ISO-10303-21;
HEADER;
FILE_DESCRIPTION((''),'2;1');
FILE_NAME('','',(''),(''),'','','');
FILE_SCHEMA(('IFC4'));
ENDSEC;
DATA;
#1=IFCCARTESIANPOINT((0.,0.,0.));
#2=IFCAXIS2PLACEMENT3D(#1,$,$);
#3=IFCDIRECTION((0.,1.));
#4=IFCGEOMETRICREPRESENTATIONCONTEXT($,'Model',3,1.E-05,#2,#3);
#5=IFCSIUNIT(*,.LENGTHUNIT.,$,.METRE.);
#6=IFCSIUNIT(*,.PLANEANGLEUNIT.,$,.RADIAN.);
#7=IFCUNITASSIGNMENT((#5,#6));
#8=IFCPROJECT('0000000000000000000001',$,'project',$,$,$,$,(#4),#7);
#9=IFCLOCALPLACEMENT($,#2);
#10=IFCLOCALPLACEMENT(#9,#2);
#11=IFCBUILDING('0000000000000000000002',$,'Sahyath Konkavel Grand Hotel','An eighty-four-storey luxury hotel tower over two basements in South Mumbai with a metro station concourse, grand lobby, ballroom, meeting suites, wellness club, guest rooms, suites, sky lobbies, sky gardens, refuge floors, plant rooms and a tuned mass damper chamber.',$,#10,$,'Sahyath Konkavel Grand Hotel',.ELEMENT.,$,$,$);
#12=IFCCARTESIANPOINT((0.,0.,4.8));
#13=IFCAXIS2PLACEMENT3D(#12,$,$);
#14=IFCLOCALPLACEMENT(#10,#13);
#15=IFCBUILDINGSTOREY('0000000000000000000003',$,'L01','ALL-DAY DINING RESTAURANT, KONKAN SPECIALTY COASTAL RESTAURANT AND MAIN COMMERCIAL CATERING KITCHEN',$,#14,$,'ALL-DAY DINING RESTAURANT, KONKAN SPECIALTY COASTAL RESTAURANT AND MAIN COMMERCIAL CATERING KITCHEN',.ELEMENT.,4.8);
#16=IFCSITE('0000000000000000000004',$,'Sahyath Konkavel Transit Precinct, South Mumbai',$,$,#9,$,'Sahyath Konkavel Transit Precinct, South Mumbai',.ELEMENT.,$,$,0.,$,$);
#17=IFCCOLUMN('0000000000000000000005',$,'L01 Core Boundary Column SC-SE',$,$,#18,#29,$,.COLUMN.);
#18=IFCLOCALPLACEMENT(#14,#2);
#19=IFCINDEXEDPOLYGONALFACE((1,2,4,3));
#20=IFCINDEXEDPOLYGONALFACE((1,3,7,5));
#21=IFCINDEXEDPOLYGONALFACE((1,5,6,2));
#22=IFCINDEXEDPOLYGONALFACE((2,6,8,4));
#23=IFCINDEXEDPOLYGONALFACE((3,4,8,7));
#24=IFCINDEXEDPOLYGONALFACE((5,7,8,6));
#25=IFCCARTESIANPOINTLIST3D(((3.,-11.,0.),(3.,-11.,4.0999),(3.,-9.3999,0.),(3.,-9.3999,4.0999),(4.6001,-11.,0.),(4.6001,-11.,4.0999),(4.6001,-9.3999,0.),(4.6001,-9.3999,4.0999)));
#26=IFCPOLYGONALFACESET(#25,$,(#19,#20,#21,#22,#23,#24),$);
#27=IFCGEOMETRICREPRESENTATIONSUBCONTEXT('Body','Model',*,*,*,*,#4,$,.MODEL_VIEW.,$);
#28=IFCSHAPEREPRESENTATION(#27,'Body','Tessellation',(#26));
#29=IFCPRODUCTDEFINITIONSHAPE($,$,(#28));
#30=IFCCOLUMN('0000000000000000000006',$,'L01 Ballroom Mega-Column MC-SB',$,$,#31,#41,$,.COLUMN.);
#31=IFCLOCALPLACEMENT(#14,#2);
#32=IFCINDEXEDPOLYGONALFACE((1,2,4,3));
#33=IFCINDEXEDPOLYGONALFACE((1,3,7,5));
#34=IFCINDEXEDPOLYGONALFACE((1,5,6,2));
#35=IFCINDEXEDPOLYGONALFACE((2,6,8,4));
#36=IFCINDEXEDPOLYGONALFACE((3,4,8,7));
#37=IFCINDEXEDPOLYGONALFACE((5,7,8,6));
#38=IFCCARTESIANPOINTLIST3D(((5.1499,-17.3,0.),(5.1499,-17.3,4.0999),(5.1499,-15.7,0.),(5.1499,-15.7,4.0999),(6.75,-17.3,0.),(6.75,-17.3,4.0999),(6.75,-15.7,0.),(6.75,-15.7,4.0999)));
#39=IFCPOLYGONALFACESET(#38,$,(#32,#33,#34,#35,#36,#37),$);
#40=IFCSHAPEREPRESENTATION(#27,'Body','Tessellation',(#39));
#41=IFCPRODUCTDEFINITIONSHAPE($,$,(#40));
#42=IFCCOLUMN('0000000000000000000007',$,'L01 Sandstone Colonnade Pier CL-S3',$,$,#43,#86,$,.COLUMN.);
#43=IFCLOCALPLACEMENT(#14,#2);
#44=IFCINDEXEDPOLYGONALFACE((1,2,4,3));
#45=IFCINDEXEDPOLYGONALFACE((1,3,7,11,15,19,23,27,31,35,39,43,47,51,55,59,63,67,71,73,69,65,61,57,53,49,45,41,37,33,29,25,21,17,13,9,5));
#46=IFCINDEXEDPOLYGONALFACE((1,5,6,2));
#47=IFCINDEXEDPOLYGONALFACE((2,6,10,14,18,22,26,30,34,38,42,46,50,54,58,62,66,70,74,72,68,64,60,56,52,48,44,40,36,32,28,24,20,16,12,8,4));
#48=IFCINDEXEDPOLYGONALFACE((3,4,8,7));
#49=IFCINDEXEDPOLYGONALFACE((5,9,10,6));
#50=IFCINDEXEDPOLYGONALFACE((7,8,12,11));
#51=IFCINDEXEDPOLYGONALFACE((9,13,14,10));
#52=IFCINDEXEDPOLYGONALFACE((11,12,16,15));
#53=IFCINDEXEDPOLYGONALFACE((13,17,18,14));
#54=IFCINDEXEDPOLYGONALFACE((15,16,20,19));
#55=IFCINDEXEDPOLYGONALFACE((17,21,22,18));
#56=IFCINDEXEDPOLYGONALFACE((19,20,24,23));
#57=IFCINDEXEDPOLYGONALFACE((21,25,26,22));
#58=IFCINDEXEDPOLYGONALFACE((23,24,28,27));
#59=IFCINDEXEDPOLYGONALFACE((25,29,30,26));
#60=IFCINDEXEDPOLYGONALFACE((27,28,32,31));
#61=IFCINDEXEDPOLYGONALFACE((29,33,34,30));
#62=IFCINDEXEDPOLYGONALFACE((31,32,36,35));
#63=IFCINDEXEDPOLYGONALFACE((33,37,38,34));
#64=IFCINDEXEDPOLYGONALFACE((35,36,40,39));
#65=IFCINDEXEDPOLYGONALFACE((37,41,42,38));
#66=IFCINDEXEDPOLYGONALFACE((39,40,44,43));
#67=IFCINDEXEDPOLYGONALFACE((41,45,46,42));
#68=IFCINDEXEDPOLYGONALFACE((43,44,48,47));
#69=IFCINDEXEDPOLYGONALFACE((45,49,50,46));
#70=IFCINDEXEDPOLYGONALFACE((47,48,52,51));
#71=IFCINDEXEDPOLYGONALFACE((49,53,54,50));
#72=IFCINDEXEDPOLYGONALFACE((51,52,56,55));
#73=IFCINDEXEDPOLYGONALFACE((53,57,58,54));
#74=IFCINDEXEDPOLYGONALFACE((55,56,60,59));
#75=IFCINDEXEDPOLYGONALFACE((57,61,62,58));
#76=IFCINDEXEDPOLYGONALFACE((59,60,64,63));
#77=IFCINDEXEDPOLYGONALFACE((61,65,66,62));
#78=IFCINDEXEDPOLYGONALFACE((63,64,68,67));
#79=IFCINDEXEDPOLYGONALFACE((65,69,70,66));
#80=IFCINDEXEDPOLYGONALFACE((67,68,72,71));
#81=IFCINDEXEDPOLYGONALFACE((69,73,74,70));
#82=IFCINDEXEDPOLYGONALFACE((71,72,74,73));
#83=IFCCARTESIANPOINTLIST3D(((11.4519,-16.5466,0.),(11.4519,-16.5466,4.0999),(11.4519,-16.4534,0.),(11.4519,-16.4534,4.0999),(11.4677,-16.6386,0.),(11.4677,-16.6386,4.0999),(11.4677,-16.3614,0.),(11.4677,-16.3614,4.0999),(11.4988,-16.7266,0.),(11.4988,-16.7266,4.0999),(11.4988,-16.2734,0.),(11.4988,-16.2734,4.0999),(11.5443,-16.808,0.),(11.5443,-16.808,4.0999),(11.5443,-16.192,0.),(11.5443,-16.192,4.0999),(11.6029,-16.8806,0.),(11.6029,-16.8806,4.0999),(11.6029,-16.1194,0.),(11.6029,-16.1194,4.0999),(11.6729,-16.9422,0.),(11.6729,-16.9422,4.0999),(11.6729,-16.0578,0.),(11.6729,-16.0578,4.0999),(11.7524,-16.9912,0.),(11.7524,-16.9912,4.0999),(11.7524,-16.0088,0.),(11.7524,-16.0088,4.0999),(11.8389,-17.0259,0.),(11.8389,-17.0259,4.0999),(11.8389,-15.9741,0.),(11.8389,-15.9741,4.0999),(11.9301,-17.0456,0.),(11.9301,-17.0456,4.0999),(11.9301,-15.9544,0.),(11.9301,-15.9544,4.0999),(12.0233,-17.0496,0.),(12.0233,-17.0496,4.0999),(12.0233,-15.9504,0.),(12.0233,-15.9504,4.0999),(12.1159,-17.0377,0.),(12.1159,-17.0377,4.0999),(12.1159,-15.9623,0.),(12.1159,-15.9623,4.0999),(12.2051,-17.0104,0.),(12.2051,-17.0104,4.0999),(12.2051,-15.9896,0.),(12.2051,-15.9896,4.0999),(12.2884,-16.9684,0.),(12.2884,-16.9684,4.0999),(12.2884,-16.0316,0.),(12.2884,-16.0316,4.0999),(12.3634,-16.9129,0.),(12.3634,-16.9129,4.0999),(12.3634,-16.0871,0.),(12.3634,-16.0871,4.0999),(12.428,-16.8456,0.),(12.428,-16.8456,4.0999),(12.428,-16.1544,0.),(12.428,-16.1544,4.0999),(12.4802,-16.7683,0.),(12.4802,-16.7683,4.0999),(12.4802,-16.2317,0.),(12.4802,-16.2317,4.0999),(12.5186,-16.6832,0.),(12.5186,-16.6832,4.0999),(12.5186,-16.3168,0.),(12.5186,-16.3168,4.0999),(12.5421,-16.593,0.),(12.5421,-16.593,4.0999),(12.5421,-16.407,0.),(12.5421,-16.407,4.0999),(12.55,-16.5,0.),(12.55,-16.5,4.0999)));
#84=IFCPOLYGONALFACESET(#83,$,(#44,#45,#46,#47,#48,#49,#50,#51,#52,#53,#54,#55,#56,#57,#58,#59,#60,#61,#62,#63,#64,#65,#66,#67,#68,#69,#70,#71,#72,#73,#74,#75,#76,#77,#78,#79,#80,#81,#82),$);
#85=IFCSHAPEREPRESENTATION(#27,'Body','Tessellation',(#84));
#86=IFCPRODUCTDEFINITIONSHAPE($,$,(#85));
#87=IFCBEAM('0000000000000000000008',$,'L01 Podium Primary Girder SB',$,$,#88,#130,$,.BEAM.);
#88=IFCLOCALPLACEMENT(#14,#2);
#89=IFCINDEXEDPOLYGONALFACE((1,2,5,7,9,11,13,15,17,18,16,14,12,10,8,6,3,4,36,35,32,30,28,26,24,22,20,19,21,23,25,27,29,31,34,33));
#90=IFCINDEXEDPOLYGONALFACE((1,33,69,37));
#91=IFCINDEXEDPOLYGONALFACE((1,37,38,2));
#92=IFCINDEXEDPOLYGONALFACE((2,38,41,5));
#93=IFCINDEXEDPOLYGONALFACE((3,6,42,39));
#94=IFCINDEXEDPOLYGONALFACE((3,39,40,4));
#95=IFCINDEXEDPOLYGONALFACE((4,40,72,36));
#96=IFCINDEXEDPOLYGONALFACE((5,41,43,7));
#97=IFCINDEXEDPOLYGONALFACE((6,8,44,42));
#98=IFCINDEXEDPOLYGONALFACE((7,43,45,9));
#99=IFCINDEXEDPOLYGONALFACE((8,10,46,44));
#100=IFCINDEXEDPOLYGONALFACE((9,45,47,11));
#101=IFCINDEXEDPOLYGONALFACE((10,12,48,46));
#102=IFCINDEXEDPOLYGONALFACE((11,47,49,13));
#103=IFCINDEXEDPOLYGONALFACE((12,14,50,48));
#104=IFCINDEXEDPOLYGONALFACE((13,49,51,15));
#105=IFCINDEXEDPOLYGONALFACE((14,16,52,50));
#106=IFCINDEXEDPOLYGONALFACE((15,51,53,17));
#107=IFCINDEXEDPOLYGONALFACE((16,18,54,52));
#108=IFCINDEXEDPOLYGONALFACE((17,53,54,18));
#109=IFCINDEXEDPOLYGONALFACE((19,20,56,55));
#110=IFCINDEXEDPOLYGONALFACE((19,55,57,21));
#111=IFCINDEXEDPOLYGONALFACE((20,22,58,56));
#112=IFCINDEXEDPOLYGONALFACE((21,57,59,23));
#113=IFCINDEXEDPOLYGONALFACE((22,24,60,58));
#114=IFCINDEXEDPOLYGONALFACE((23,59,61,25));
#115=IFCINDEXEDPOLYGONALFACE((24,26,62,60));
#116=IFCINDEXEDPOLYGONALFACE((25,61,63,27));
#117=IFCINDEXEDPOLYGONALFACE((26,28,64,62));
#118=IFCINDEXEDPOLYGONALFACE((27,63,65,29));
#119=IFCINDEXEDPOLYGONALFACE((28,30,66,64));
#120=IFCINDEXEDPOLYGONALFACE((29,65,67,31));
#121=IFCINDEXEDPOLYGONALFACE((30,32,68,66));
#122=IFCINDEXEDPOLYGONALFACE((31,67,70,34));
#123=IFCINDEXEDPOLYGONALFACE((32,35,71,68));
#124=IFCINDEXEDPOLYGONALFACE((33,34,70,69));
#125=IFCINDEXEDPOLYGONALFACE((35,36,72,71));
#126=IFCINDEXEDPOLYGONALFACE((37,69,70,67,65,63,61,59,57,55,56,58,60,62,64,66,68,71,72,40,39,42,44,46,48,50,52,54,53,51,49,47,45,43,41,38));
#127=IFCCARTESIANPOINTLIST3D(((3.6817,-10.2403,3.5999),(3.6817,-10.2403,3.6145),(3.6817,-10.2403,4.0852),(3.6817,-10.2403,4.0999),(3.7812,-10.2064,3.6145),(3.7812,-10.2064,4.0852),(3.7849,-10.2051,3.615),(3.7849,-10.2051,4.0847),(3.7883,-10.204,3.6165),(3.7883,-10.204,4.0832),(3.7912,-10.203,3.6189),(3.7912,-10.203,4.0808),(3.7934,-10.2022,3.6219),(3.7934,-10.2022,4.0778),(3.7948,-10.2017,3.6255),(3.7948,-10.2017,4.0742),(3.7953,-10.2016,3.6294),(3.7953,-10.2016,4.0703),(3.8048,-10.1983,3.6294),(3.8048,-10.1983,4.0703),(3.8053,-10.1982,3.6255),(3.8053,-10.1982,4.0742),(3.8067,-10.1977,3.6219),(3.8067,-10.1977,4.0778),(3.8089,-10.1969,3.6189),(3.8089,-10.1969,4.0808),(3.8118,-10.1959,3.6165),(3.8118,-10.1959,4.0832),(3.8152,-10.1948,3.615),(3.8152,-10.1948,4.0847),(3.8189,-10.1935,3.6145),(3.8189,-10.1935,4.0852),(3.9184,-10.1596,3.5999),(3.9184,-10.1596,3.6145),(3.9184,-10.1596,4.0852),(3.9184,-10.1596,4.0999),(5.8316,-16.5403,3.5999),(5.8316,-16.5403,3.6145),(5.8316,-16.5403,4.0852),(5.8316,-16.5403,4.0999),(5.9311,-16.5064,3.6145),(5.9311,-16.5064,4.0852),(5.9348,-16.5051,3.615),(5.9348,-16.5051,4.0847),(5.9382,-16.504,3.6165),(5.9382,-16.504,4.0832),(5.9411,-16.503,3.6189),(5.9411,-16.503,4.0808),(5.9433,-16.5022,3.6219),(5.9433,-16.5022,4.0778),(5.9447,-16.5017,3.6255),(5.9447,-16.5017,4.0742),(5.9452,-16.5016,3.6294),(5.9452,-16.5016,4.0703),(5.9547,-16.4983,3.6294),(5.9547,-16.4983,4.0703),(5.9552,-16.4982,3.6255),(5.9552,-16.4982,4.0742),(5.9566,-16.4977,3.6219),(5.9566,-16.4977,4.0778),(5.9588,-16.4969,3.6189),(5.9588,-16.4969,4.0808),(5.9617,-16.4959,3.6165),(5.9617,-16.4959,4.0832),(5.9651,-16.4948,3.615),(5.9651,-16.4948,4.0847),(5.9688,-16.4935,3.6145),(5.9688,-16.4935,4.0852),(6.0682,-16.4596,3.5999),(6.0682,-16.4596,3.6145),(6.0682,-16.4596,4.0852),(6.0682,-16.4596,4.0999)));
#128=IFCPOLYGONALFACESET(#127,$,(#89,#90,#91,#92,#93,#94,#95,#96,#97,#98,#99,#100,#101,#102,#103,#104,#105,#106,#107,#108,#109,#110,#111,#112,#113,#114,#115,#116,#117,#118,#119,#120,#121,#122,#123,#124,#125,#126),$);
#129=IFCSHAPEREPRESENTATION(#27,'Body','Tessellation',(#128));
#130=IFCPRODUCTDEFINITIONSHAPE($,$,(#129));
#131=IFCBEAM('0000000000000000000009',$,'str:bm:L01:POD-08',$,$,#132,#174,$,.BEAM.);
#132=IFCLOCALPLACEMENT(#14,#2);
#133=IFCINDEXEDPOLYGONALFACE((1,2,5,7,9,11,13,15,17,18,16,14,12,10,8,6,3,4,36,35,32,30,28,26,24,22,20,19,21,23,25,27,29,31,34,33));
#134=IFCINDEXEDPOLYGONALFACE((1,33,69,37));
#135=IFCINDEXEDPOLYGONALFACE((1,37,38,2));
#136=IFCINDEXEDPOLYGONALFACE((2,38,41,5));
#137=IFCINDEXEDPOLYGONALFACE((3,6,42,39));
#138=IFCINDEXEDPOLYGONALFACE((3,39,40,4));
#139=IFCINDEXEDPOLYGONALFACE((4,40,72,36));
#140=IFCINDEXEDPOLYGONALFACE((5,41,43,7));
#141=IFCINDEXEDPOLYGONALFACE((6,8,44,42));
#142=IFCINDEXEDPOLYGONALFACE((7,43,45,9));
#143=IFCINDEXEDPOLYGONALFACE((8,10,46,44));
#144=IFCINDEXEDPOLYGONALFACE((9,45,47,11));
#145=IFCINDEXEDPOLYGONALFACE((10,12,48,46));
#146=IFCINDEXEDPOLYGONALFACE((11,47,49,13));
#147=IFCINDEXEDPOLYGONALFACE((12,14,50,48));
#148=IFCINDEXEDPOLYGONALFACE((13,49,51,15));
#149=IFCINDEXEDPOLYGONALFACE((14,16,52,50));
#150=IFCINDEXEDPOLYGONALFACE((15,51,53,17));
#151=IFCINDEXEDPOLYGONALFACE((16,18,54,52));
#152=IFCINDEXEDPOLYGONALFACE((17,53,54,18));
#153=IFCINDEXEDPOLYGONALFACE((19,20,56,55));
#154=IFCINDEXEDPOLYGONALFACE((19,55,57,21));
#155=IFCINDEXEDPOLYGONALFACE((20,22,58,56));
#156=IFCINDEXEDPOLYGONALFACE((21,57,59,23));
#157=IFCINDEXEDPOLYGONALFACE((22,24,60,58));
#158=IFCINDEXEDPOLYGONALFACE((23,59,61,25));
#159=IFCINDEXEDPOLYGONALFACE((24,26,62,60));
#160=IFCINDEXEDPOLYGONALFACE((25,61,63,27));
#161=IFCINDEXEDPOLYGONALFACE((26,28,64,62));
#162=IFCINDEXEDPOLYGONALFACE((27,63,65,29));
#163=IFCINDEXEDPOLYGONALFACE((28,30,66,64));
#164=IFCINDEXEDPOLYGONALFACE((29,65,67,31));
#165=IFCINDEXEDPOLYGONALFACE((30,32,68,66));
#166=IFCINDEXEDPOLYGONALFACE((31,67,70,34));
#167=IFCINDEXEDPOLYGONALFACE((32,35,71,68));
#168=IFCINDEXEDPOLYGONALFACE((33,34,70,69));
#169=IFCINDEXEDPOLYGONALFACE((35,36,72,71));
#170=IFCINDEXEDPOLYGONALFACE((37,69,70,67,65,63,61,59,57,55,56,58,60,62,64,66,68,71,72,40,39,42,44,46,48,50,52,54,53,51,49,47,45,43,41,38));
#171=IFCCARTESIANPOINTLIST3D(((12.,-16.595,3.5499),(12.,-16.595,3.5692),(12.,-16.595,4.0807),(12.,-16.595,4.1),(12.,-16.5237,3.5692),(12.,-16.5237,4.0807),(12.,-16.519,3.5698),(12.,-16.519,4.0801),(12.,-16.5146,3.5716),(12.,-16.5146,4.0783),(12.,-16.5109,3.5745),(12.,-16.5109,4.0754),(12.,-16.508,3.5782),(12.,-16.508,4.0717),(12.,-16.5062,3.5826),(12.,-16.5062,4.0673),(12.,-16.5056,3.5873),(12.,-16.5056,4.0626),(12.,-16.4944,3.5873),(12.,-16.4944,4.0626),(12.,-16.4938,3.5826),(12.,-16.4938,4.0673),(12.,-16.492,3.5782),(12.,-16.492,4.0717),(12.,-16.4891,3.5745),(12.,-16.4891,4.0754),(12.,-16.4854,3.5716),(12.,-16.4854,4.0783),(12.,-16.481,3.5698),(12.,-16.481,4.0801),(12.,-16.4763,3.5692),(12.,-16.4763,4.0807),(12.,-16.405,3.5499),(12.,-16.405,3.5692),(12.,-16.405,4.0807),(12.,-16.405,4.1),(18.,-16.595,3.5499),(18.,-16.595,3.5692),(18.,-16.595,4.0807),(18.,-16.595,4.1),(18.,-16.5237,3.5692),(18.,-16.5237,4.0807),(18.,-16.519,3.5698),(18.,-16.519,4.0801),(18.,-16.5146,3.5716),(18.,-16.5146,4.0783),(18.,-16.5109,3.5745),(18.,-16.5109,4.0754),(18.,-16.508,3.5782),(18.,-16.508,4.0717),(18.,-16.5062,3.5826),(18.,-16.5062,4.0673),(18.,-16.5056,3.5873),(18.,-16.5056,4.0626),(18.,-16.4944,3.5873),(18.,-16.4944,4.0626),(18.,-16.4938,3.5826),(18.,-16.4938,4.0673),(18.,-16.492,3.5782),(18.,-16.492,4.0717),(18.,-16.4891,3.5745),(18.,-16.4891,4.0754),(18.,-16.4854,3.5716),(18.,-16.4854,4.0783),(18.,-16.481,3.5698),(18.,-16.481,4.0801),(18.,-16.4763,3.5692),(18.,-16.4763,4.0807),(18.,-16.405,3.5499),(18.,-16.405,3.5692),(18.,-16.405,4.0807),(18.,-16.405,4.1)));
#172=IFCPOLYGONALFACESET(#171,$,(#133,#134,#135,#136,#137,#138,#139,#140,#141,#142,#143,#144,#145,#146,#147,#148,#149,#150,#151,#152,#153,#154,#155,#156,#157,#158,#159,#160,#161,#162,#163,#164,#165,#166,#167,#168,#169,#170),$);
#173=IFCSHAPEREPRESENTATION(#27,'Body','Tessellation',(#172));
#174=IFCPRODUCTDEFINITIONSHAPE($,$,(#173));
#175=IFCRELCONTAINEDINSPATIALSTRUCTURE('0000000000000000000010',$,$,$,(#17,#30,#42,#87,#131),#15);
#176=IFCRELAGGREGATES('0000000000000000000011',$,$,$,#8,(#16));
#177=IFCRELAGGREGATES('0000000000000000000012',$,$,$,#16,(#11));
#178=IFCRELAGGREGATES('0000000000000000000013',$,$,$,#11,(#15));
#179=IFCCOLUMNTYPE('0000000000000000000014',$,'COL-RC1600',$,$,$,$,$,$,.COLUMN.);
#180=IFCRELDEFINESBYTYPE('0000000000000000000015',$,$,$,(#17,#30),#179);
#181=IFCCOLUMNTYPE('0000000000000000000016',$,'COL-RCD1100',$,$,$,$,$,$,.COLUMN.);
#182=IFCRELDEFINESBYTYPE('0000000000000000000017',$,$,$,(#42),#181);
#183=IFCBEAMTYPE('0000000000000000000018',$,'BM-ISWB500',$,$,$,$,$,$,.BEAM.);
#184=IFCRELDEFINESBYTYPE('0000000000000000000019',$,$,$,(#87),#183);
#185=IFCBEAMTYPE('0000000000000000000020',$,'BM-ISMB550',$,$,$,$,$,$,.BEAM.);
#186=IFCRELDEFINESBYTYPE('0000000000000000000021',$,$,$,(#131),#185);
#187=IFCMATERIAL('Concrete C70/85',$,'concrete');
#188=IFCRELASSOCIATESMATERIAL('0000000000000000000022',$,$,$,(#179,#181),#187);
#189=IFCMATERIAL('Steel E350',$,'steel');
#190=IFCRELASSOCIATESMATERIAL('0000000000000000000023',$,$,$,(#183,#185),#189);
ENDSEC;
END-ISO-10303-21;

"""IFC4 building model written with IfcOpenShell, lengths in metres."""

from ifc_helpers import new_model, si_unit, direction, frame, origin, origin_2d, place, context, subcontext, project, spatial, rectangle, circle, i_section, extrude, source, transform, mapped, material, material_profile, profile_set, type_object, element, save


model = new_model("IFC4")

# Units and contexts
model_context = context("Model", 3, precision=1e-05, world=origin(), true_north=direction((0.0, 1.0)))
body_context = subcontext(model_context, "Body", "Model", "MODEL_VIEW")
ifc_project = project(units=[si_unit("LENGTHUNIT", "METRE"), si_unit("PLANEANGLEUNIT", "RADIAN")], contexts=[model_context])

# Site, building, storey
site_placement = place(None, origin())
site = spatial("IfcSite", under=ifc_project, at=site_placement, Name="Sahyath Konkavel Transit Precinct, South Mumbai", LongName="Sahyath Konkavel Transit Precinct, South Mumbai", CompositionType="ELEMENT", RefElevation=0.0)
building_placement = place(site_placement, origin())
building = spatial("IfcBuilding", under=site, at=building_placement, Name="Sahyath Konkavel Grand Hotel", Description="An eighty-four-storey luxury hotel tower over two basements in South Mumbai with a metro station concourse, grand lobby, ballroom, meeting suites, wellness club, guest rooms, suites, sky lobbies, sky gardens, refuge floors, plant rooms and a tuned mass damper chamber.", LongName="Sahyath Konkavel Grand Hotel", CompositionType="ELEMENT")
storey_placement = place(building_placement, frame((0.0, 0.0, 4.8)))
storey = spatial("IfcBuildingStorey", under=building, at=storey_placement, Name="L01", Description="ALL-DAY DINING RESTAURANT, KONKAN SPECIALTY COASTAL RESTAURANT AND MAIN COMMERCIAL CATERING KITCHEN", LongName="ALL-DAY DINING RESTAURANT, KONKAN SPECIALTY COASTAL RESTAURANT AND MAIN COMMERCIAL CATERING KITCHEN", CompositionType="ELEMENT", Elevation=4.8)

# Columns
ifc_material_1 = material(Name="Concrete C70/85", Category="concrete")
ifc_material_profile_1 = material_profile(ifc_material_1, rectangle(XDim=1.6001, YDim=1.6001, at=origin_2d()), Name="RC 1600x1600")
ifc_profile_set_1 = profile_set([ifc_material_profile_1], Name="Concrete C70/85")
column_type_1 = type_object("IfcColumnType", Name="COL-RC1600", PredefinedType="COLUMN", material=ifc_profile_set_1)
shared_shape_1 = source(origin(), body_context, "Body", "SweptSolid", [
    extrude(rectangle(XDim=1.6001, YDim=1.6001, at=origin_2d()), origin(), (0.0, 0.0, 1.0), 4.0999),
])
for number, where, z_axis, x_axis, name in (
    (1, (3.8, -10.2, 0.0), (0.0, 0.0, 1.0), (1.0, 0.0, 0.0), "L01 Core Boundary Column SC-SE"),
    (2, (5.95, -16.5, 0.0), (0.0, 0.0, 1.0), (1.0, 0.0, 0.0), "L01 Ballroom Mega-Column MC-SB"),
):
    element("IfcColumn", number, at=place(storey_placement, frame(where, z_axis=z_axis, x_axis=x_axis)), inside=storey, type_object=column_type_1, Name=name, PredefinedType="COLUMN", context=body_context, shape_type="MappedRepresentation", body=[
        mapped(shared_shape_1, transform((0.0, 0.0, 0.0), scale=1.0)),
    ])
ifc_material_profile_2 = material_profile(ifc_material_1, circle(Radius=0.55, at=origin_2d()), Name="RC D1100")
ifc_profile_set_2 = profile_set([ifc_material_profile_2], Name="Concrete C70/85")
column_type_2 = type_object("IfcColumnType", Name="COL-RCD1100", PredefinedType="COLUMN", material=ifc_profile_set_2)
shared_shape_2 = source(origin(), body_context, "Body", "SweptSolid", [
    extrude(circle(Radius=0.55, at=origin_2d()), origin(), (0.0, 0.0, 1.0), 4.0999),
])
column_placement = place(storey_placement, frame((12.0, -16.5, 0.0), z_axis=(0.0, 0.0, 1.0), x_axis=(1.0, 0.0, 0.0)))
element("IfcColumn", 3, at=column_placement, inside=storey, type_object=column_type_2, Name="L01 Sandstone Colonnade Pier CL-S3", PredefinedType="COLUMN", context=body_context, shape_type="MappedRepresentation", body=[
    mapped(shared_shape_2, transform((0.0, 0.0, 0.0), scale=1.0)),
])

# Beams
ifc_material_2 = material(Name="Steel E350", Category="steel")
ifc_material_profile_3 = material_profile(ifc_material_2, i_section(OverallWidth=0.25, OverallDepth=0.5, WebThickness=0.01, FlangeThickness=0.0146, FilletRadius=0.0149, at=origin_2d()), Name="ISWB 500")
ifc_profile_set_3 = profile_set([ifc_material_profile_3], Name="Steel E350")
beam_type_1 = type_object("IfcBeamType", Name="BM-ISWB500", PredefinedType="BEAM", material=ifc_profile_set_3)
shared_shape_3 = source(origin(), body_context, "Body", "SweptSolid", [
    extrude(i_section(OverallWidth=0.25, OverallDepth=0.5, WebThickness=0.01, FlangeThickness=0.0146, FilletRadius=0.0149, at=origin_2d()), origin(), (0.0, 0.0, 1.0), 6.6567),
])
beam_1_placement = place(storey_placement, frame((3.8, -10.2, 3.8499), z_axis=(0.322964, -0.946411, 0.0), x_axis=(0.946411, 0.322964, 0.0)))
element("IfcBeam", 4, at=beam_1_placement, inside=storey, type_object=beam_type_1, Name="L01 Podium Primary Girder SB", PredefinedType="BEAM", context=body_context, shape_type="MappedRepresentation", body=[
    mapped(shared_shape_3, transform((0.0, 0.0, 0.0), scale=1.0)),
])
ifc_material_profile_4 = material_profile(ifc_material_2, i_section(OverallWidth=0.1899, OverallDepth=0.55, WebThickness=0.0112, FlangeThickness=0.0193, FilletRadius=0.0181, at=origin_2d()), Name="ISMB 550")
ifc_profile_set_4 = profile_set([ifc_material_profile_4], Name="Steel E350")
beam_type_2 = type_object("IfcBeamType", Name="BM-ISMB550", PredefinedType="BEAM", material=ifc_profile_set_4)
shared_shape_4 = source(origin(), body_context, "Body", "SweptSolid", [
    extrude(i_section(OverallWidth=0.1899, OverallDepth=0.55, WebThickness=0.0112, FlangeThickness=0.0193, FilletRadius=0.0181, at=origin_2d()), origin(), (0.0, 0.0, 1.0), 6.0),
])
beam_2_placement = place(storey_placement, frame((12.0, -16.5, 3.825), z_axis=(1.0, 0.0, 0.0), x_axis=(0.0, 1.0, 0.0)))
element("IfcBeam", 5, at=beam_2_placement, inside=storey, type_object=beam_type_2, Name="str:bm:L01:POD-08", PredefinedType="BEAM", context=body_context, shape_type="MappedRepresentation", body=[
    mapped(shared_shape_4, transform((0.0, 0.0, 0.0), scale=1.0)),
])

save(model, "model.ifc")
